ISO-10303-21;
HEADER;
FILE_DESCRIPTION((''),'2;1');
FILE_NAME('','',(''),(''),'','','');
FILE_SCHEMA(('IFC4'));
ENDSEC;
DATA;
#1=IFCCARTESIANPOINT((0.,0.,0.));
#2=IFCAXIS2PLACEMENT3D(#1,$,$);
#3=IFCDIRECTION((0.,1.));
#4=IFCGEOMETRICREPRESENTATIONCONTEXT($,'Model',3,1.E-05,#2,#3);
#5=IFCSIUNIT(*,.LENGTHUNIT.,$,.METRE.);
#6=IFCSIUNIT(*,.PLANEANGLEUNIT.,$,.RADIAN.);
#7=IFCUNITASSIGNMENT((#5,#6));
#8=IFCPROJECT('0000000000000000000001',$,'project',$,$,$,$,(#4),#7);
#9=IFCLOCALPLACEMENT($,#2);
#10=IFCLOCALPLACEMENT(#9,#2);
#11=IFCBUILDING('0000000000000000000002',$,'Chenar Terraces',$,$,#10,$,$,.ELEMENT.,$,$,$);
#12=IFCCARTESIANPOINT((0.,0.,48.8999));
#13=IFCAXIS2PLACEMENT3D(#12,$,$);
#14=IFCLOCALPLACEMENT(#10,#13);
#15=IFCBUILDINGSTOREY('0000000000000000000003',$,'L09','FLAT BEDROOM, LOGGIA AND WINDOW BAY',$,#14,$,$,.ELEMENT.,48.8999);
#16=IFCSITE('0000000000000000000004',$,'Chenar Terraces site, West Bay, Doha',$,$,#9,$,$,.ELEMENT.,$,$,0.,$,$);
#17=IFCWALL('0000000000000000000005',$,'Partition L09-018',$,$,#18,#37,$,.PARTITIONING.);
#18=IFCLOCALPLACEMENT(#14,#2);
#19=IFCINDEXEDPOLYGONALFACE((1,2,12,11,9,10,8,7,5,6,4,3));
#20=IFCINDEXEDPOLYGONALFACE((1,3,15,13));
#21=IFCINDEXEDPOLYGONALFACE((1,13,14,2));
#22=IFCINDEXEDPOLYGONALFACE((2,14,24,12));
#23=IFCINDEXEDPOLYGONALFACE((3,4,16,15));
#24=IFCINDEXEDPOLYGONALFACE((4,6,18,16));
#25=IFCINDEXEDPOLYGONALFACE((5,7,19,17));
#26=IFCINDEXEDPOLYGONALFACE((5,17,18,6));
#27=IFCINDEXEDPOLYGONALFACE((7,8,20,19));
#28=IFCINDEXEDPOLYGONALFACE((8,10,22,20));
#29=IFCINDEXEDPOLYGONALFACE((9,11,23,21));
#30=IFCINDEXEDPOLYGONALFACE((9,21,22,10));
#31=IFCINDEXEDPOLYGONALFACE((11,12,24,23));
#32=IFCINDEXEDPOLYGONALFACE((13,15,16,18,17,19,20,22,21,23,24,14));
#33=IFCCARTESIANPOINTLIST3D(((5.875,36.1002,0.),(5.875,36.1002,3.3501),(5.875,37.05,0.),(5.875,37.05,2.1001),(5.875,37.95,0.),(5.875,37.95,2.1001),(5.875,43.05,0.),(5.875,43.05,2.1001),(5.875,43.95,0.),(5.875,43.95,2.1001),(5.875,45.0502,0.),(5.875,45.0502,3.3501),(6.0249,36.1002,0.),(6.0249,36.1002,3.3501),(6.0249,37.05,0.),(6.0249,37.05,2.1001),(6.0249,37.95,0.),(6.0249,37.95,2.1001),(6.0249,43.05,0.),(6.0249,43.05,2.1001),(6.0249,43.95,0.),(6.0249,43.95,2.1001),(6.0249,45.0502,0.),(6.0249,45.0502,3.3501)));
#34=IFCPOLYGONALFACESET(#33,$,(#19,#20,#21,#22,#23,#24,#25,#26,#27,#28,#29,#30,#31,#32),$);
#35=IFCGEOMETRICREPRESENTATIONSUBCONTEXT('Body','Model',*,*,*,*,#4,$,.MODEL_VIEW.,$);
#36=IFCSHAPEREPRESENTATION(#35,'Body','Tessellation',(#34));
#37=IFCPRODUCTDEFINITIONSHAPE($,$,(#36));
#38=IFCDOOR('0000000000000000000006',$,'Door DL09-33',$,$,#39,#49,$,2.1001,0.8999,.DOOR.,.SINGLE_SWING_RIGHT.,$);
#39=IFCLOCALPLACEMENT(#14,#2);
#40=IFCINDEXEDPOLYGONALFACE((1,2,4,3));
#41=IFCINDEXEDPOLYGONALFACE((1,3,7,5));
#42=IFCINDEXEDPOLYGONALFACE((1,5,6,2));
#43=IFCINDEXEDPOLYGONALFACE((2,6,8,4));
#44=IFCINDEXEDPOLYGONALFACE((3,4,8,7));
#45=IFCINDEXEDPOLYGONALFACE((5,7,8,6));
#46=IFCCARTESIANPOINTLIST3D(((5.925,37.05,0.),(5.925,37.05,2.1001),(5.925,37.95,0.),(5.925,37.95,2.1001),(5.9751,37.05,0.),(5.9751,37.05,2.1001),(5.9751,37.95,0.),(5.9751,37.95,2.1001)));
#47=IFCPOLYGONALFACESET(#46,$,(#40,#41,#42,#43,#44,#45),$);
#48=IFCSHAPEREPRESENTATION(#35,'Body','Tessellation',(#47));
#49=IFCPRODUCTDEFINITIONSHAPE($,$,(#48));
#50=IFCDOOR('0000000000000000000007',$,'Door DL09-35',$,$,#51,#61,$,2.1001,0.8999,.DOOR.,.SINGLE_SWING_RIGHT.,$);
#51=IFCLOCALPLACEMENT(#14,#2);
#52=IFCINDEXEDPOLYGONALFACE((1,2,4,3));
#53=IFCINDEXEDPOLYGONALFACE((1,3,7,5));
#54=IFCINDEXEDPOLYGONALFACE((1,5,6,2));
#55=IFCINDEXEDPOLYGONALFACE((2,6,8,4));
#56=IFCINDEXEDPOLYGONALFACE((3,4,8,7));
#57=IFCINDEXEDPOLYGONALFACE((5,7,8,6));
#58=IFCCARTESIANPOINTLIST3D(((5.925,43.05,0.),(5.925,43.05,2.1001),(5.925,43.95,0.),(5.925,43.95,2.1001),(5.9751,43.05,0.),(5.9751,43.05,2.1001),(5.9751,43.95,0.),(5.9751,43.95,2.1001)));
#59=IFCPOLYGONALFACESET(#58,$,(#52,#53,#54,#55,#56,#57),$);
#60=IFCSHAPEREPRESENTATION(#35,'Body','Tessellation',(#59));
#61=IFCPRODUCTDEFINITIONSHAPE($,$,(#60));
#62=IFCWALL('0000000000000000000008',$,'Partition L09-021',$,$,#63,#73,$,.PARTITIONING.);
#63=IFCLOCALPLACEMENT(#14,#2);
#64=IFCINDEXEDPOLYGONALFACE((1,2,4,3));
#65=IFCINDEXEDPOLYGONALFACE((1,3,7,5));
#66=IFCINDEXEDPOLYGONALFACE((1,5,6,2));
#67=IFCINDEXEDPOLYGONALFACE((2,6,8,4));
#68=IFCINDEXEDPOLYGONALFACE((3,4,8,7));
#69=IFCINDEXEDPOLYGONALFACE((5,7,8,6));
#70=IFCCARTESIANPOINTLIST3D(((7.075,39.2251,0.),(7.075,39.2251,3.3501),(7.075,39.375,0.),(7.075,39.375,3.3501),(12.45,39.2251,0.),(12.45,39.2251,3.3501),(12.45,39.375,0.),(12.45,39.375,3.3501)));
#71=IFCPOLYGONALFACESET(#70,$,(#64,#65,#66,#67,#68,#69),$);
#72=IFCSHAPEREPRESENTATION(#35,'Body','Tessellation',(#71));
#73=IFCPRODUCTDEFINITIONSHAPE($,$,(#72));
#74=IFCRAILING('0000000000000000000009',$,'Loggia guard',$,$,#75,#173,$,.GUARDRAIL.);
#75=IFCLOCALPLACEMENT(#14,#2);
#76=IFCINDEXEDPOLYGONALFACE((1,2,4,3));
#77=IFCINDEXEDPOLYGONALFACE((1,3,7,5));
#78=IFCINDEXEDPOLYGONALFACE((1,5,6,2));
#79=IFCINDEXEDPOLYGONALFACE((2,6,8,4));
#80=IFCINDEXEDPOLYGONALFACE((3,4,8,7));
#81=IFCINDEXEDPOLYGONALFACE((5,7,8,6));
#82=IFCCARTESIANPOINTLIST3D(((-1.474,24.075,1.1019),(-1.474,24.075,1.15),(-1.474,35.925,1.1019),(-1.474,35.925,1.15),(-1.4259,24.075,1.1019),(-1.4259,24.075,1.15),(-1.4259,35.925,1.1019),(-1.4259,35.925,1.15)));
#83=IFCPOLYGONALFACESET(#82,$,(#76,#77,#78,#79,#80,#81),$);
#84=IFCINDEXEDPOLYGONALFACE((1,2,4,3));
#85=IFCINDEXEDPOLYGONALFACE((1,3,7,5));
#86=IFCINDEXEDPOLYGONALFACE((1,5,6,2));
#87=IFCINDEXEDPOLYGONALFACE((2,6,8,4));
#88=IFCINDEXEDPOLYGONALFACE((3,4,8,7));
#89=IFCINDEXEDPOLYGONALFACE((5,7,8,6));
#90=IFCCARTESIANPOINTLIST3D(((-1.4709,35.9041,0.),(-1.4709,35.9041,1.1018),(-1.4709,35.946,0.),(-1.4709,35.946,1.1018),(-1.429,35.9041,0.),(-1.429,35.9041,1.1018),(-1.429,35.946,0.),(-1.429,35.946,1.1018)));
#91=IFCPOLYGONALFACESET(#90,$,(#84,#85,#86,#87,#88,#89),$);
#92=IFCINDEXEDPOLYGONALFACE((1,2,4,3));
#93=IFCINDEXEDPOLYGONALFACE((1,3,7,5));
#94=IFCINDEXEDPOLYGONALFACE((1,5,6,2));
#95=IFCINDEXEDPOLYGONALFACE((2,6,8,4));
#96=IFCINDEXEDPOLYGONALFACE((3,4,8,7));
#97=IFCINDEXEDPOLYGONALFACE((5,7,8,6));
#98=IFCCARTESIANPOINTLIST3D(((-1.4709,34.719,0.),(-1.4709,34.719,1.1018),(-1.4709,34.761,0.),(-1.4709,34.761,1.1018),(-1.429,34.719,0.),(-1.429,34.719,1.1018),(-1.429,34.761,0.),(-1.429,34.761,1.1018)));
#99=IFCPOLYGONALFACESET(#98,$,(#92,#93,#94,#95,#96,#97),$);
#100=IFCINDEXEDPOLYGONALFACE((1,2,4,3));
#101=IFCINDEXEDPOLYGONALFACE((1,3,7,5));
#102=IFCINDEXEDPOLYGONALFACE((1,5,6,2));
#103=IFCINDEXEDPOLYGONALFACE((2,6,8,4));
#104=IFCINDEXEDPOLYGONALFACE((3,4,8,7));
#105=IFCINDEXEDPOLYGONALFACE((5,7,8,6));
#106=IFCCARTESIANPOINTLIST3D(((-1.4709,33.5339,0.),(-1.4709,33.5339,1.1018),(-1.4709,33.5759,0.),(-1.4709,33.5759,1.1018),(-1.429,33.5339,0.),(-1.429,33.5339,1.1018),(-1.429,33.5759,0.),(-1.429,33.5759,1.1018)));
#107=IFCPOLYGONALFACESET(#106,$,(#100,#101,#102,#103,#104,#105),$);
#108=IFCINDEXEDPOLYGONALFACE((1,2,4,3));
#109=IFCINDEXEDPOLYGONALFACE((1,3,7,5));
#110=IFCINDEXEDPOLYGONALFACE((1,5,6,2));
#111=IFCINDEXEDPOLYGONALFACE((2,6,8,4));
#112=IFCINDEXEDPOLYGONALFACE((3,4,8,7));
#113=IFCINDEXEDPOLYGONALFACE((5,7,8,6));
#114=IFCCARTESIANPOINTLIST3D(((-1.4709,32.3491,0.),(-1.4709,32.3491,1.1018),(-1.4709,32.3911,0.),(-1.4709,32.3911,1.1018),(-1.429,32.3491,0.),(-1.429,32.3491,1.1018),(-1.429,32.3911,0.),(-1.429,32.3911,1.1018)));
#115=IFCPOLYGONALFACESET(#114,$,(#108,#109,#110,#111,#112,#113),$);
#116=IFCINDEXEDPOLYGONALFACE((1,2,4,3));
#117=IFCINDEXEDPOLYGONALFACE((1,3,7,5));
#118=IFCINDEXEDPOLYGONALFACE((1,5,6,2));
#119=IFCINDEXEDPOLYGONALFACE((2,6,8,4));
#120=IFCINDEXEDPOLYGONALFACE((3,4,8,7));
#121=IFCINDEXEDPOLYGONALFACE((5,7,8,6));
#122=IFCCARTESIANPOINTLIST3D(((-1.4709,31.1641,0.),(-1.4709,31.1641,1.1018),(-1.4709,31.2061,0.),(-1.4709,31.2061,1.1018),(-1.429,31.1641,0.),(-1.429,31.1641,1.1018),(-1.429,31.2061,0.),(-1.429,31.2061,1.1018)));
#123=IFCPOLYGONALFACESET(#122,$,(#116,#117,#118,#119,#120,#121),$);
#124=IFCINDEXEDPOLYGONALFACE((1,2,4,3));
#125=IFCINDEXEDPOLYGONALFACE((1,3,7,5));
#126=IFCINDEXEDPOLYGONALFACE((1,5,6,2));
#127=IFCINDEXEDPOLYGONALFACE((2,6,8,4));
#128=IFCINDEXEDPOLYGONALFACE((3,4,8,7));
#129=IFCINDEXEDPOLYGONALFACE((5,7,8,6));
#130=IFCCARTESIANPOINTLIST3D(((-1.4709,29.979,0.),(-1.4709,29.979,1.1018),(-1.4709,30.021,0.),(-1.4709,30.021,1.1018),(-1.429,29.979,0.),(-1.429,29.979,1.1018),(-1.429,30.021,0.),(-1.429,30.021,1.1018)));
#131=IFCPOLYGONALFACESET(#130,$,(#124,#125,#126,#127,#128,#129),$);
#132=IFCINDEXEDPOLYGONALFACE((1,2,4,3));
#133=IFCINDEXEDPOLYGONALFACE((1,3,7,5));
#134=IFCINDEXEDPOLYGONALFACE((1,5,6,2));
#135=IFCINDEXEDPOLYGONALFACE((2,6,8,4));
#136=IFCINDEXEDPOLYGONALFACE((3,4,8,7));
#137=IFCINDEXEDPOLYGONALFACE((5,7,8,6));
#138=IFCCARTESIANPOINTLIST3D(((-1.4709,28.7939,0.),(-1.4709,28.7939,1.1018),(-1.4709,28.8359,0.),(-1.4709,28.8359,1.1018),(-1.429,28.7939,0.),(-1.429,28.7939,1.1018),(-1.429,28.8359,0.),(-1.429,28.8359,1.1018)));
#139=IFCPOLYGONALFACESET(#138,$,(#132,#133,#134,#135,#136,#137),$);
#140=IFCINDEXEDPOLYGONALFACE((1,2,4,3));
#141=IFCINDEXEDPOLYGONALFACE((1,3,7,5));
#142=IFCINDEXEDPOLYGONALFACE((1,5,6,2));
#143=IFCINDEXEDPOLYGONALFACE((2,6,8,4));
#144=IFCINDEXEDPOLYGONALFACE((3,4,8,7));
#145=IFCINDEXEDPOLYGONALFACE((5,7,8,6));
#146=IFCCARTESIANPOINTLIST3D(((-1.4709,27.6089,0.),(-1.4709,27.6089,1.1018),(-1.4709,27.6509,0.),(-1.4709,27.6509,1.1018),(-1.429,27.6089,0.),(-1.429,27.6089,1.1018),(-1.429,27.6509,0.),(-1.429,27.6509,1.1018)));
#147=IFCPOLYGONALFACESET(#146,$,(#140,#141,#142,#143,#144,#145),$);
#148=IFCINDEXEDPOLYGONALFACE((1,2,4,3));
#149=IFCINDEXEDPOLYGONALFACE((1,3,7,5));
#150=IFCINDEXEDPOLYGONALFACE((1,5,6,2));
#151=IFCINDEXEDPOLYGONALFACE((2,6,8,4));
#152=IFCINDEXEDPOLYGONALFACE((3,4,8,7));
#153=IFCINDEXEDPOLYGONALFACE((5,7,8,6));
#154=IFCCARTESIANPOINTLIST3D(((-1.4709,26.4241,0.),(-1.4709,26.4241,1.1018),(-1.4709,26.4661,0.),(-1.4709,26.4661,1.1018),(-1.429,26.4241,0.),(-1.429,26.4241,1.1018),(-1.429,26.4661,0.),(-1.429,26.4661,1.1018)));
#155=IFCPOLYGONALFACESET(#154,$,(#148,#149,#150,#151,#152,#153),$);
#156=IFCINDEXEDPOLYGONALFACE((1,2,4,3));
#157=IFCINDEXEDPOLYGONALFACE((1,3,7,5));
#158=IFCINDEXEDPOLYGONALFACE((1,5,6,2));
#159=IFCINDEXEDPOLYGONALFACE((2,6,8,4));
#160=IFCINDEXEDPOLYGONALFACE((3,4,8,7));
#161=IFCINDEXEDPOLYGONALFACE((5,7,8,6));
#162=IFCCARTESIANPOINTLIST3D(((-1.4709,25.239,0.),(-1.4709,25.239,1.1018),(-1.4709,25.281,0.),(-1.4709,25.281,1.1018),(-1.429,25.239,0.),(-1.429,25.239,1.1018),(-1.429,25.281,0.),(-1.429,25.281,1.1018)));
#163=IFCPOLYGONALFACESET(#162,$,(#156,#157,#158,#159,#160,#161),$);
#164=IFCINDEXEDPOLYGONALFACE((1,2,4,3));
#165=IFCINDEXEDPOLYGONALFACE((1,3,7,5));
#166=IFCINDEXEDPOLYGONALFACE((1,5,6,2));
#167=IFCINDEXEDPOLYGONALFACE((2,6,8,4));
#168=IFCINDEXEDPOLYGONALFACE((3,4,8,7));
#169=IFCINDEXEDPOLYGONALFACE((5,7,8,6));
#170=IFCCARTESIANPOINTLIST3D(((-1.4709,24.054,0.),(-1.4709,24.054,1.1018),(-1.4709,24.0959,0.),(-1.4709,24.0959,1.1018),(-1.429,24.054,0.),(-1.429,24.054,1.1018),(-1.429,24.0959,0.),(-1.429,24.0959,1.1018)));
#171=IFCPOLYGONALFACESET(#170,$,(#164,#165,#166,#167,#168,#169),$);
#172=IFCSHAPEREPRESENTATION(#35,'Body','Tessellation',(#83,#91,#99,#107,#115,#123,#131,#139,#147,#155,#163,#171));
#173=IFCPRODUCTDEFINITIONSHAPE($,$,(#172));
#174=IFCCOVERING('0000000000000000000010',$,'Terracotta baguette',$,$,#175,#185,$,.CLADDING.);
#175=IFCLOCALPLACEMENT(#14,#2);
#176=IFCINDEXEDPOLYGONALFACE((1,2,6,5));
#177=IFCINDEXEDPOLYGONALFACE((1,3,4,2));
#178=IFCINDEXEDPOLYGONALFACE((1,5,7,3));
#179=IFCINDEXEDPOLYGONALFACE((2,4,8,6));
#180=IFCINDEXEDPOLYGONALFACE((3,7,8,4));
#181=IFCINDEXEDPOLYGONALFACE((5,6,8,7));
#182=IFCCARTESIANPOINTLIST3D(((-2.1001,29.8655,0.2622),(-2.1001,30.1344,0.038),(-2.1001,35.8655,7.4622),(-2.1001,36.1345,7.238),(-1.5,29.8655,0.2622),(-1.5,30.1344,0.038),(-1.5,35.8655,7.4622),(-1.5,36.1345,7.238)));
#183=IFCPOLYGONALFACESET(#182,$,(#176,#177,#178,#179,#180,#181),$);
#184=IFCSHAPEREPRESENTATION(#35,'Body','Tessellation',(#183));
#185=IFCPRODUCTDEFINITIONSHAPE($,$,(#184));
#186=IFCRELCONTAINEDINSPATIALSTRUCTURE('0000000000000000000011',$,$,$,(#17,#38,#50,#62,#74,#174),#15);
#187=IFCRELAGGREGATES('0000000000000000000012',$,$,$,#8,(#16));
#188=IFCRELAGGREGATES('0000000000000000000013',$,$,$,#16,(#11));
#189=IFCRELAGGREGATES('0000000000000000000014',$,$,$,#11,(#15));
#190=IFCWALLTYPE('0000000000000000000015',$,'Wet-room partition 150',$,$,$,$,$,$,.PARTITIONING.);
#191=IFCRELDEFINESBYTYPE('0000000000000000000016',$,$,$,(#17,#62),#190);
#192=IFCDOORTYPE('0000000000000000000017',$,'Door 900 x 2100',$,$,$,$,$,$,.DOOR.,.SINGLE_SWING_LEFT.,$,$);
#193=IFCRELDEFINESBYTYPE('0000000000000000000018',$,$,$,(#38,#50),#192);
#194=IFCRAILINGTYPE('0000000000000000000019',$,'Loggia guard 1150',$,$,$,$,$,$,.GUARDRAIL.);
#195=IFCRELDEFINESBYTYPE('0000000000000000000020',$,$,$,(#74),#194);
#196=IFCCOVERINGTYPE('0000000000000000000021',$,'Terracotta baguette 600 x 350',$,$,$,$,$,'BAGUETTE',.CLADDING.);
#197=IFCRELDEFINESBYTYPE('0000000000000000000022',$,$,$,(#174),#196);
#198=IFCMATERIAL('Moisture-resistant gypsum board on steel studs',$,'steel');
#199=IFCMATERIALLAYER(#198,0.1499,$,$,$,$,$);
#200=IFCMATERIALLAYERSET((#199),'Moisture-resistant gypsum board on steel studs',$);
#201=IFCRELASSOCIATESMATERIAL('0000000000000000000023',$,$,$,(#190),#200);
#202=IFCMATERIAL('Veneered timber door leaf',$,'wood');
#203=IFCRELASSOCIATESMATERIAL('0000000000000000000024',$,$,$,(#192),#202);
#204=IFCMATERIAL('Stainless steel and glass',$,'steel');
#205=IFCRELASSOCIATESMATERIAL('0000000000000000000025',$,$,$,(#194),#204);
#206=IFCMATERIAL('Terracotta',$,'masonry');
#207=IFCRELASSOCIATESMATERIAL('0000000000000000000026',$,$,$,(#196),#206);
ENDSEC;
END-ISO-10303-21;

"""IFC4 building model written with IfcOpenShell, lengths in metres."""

from ifc_helpers import new_model, si_unit, direction, frame, frame_2d, origin, origin_2d, place, context, subcontext, project, spatial, rectangle, extrude, material, layer, layer_set, material_profile, profile_set, type_object, element, fill, save


model = new_model("IFC4")

# Units and contexts
model_context = context("Model", 3, precision=1e-05, world=origin(), true_north=direction((0.0, 1.0)))
body_context = subcontext(model_context, "Body", "Model", "MODEL_VIEW")
ifc_project = project(units=[si_unit("LENGTHUNIT", "METRE"), si_unit("PLANEANGLEUNIT", "RADIAN")], contexts=[model_context])

# Site, building, storey
site_placement = place(None, origin())
site = spatial("IfcSite", under=ifc_project, at=site_placement, Name="Chenar Terraces site, West Bay, Doha", CompositionType="ELEMENT", RefElevation=0.0)
building_placement = place(site_placement, origin())
building = spatial("IfcBuilding", under=site, at=building_placement, Name="Chenar Terraces", CompositionType="ELEMENT")
storey_placement = place(building_placement, frame((0.0, 0.0, 48.8999)))
storey = spatial("IfcBuildingStorey", under=building, at=storey_placement, Name="L09", Description="FLAT BEDROOM, LOGGIA AND WINDOW BAY", CompositionType="ELEMENT", Elevation=48.8999)

# Shared definitions
ifc_material_1 = material(Name="Moisture-resistant gypsum board on steel studs", Category="steel")
ifc_layer_1 = layer(ifc_material_1, 0.1499)
ifc_layer_set_1 = layer_set([ifc_layer_1], Name="Moisture-resistant gypsum board on steel studs")
wall_type_1 = type_object("IfcWallType", Name="Wet-room partition 150", PredefinedType="PARTITIONING", material=ifc_layer_set_1)

# Wall, openings, doors
wall_1_placement = place(storey_placement, frame((5.95, 36.1001, 0.0), z_axis=(0.0, 0.0, 1.0), x_axis=(0.0, 1.0, 0.0)))
wall_1 = element("IfcWall", 1, at=wall_1_placement, inside=storey, type_object=wall_type_1, Name="Partition L09-018", PredefinedType="PARTITIONING", context=body_context, shape_type="SweptSolid", body=[
    extrude(rectangle(XDim=8.95, YDim=0.1499, at=frame_2d((4.4751, 0.0))), origin(), (0.0, 0.0, 1.0), 3.3501),
])
opening_1_placement = place(wall_1_placement, frame((0.95, 0.0, 0.0)))
opening_1 = element("IfcOpeningElement", 2, at=opening_1_placement, cuts=wall_1, PredefinedType="OPENING", context=body_context, shape_type="SweptSolid", body=[
    extrude(rectangle(XDim=0.8999, YDim=2.1001, at=frame_2d((0.45, 1.05))), frame((0.0, 0.085, 0.0), z_axis=(0.0, -1.0, 0.0), x_axis=(1.0, 0.0, 0.0)), (0.0, 0.0, 1.0), 0.1699),
])
opening_2_placement = place(wall_1_placement, frame((6.95, 0.0, 0.0)))
opening_2 = element("IfcOpeningElement", 3, at=opening_2_placement, cuts=wall_1, PredefinedType="OPENING", context=body_context, shape_type="SweptSolid", body=[
    extrude(rectangle(XDim=0.8999, YDim=2.1001, at=frame_2d((0.45, 1.05))), frame((0.0, 0.085, 0.0), z_axis=(0.0, -1.0, 0.0), x_axis=(1.0, 0.0, 0.0)), (0.0, 0.0, 1.0), 0.1699),
])
ifc_material_2 = material(Name="Veneered timber door leaf", Category="wood")
door_type_1 = type_object("IfcDoorType", Name="Door 900 x 2100", OperationType="SINGLE_SWING_LEFT", PredefinedType="DOOR", material=ifc_material_2)
door_1_placement = place(opening_1_placement, origin())
door_1 = element("IfcDoor", 4, at=door_1_placement, inside=storey, type_object=door_type_1, Name="Door DL09-33", OperationType="SINGLE_SWING_RIGHT", OverallHeight=2.1001, OverallWidth=0.8999, PredefinedType="DOOR", context=body_context, shape_type="SweptSolid", body=[
    extrude(rectangle(XDim=0.8999, YDim=2.1001, at=frame_2d((0.45, 1.05))), frame((0.0, 0.0249, 0.0), z_axis=(0.0, -1.0, 0.0), x_axis=(1.0, 0.0, 0.0)), (0.0, 0.0, 1.0), 0.05),
])
fill(opening_1, door_1)
door_2_placement = place(opening_2_placement, origin())
door_2 = element("IfcDoor", 5, at=door_2_placement, inside=storey, type_object=door_type_1, Name="Door DL09-35", OperationType="SINGLE_SWING_RIGHT", OverallHeight=2.1001, OverallWidth=0.8999, PredefinedType="DOOR", context=body_context, shape_type="SweptSolid", body=[
    extrude(rectangle(XDim=0.8999, YDim=2.1001, at=frame_2d((0.45, 1.05))), frame((0.0, 0.0249, 0.0), z_axis=(0.0, -1.0, 0.0), x_axis=(1.0, 0.0, 0.0)), (0.0, 0.0, 1.0), 0.05),
])
fill(opening_2, door_2)

# Wall
wall_2_placement = place(storey_placement, frame((7.075, 39.3, 0.0), z_axis=(0.0, 0.0, 1.0), x_axis=(1.0, 0.0, 0.0)))
element("IfcWall", 6, at=wall_2_placement, inside=storey, type_object=wall_type_1, Name="Partition L09-021", PredefinedType="PARTITIONING", context=body_context, shape_type="SweptSolid", body=[
    extrude(rectangle(XDim=5.375, YDim=0.1499, at=frame_2d((2.6875, 0.0))), origin(), (0.0, 0.0, 1.0), 3.3501),
])

# Railing
ifc_material_3 = material(Name="Stainless steel and glass", Category="steel")
railing_type = type_object("IfcRailingType", Name="Loggia guard 1150", PredefinedType="GUARDRAIL", material=ifc_material_3)
railing_placement = place(storey_placement, frame((-1.45, 35.925, 0.0)))
element("IfcRailing", 7, at=railing_placement, inside=storey, type_object=railing_type, Name="Loggia guard", PredefinedType="GUARDRAIL", context=body_context, shape_type="SweptSolid", body=[
    extrude(rectangle(XDim=0.0481, YDim=0.0481, at=origin_2d()), frame((0.0, 0.0, 1.126), z_axis=(0.0, -1.0, 0.0), x_axis=(1.0, 0.0, 0.0)), (0.0, 0.0, 1.0), 11.8501),
    extrude(rectangle(XDim=0.042, YDim=0.042, at=origin_2d()), origin(), (0.0, 0.0, 1.0), 1.1018),
    extrude(rectangle(XDim=0.042, YDim=0.042, at=origin_2d()), frame((0.0, -1.1851, 0.0)), (0.0, 0.0, 1.0), 1.1018),
    extrude(rectangle(XDim=0.042, YDim=0.042, at=origin_2d()), frame((0.0, -2.3701, 0.0)), (0.0, 0.0, 1.0), 1.1018),
    extrude(rectangle(XDim=0.042, YDim=0.042, at=origin_2d()), frame((0.0, -3.5549, 0.0)), (0.0, 0.0, 1.0), 1.1018),
    extrude(rectangle(XDim=0.042, YDim=0.042, at=origin_2d()), frame((0.0, -4.74, 0.0)), (0.0, 0.0, 1.0), 1.1018),
    extrude(rectangle(XDim=0.042, YDim=0.042, at=origin_2d()), frame((0.0, -5.925, 0.0)), (0.0, 0.0, 1.0), 1.1018),
    extrude(rectangle(XDim=0.042, YDim=0.042, at=origin_2d()), frame((0.0, -7.1101, 0.0)), (0.0, 0.0, 1.0), 1.1018),
    extrude(rectangle(XDim=0.042, YDim=0.042, at=origin_2d()), frame((0.0, -8.2952, 0.0)), (0.0, 0.0, 1.0), 1.1018),
    extrude(rectangle(XDim=0.042, YDim=0.042, at=origin_2d()), frame((0.0, -9.48, 0.0)), (0.0, 0.0, 1.0), 1.1018),
    extrude(rectangle(XDim=0.042, YDim=0.042, at=origin_2d()), frame((0.0, -10.665, 0.0)), (0.0, 0.0, 1.0), 1.1018),
    extrude(rectangle(XDim=0.042, YDim=0.042, at=origin_2d()), frame((0.0, -11.8501, 0.0)), (0.0, 0.0, 1.0), 1.1018),
])

# Covering
ifc_material_4 = material(Name="Terracotta", Category="masonry")
ifc_material_profile_1 = material_profile(ifc_material_4, rectangle(XDim=0.6001, YDim=0.3501, at=origin_2d()), Name="Terracotta baguette 600 x 350")
ifc_profile_set_1 = profile_set([ifc_material_profile_1], Name="Terracotta")
covering_type = type_object("IfcCoveringType", Name="Terracotta baguette 600 x 350", ElementType="BAGUETTE", PredefinedType="CLADDING", material=ifc_profile_set_1)
covering_placement = place(storey_placement, frame((-1.8, 36.0, 7.3501), z_axis=(0.0, -0.640187, -0.768219), x_axis=(1.0, 0.0, 0.0)))
element("IfcCovering", 8, at=covering_placement, inside=storey, type_object=covering_type, Name="Terracotta baguette", PredefinedType="CLADDING", context=body_context, shape_type="SweptSolid", body=[
    extrude(rectangle(XDim=0.6001, YDim=0.3501, at=origin_2d()), origin(), (0.0, 0.0, 1.0), 9.3723),
])

save(model, "model.ifc")
